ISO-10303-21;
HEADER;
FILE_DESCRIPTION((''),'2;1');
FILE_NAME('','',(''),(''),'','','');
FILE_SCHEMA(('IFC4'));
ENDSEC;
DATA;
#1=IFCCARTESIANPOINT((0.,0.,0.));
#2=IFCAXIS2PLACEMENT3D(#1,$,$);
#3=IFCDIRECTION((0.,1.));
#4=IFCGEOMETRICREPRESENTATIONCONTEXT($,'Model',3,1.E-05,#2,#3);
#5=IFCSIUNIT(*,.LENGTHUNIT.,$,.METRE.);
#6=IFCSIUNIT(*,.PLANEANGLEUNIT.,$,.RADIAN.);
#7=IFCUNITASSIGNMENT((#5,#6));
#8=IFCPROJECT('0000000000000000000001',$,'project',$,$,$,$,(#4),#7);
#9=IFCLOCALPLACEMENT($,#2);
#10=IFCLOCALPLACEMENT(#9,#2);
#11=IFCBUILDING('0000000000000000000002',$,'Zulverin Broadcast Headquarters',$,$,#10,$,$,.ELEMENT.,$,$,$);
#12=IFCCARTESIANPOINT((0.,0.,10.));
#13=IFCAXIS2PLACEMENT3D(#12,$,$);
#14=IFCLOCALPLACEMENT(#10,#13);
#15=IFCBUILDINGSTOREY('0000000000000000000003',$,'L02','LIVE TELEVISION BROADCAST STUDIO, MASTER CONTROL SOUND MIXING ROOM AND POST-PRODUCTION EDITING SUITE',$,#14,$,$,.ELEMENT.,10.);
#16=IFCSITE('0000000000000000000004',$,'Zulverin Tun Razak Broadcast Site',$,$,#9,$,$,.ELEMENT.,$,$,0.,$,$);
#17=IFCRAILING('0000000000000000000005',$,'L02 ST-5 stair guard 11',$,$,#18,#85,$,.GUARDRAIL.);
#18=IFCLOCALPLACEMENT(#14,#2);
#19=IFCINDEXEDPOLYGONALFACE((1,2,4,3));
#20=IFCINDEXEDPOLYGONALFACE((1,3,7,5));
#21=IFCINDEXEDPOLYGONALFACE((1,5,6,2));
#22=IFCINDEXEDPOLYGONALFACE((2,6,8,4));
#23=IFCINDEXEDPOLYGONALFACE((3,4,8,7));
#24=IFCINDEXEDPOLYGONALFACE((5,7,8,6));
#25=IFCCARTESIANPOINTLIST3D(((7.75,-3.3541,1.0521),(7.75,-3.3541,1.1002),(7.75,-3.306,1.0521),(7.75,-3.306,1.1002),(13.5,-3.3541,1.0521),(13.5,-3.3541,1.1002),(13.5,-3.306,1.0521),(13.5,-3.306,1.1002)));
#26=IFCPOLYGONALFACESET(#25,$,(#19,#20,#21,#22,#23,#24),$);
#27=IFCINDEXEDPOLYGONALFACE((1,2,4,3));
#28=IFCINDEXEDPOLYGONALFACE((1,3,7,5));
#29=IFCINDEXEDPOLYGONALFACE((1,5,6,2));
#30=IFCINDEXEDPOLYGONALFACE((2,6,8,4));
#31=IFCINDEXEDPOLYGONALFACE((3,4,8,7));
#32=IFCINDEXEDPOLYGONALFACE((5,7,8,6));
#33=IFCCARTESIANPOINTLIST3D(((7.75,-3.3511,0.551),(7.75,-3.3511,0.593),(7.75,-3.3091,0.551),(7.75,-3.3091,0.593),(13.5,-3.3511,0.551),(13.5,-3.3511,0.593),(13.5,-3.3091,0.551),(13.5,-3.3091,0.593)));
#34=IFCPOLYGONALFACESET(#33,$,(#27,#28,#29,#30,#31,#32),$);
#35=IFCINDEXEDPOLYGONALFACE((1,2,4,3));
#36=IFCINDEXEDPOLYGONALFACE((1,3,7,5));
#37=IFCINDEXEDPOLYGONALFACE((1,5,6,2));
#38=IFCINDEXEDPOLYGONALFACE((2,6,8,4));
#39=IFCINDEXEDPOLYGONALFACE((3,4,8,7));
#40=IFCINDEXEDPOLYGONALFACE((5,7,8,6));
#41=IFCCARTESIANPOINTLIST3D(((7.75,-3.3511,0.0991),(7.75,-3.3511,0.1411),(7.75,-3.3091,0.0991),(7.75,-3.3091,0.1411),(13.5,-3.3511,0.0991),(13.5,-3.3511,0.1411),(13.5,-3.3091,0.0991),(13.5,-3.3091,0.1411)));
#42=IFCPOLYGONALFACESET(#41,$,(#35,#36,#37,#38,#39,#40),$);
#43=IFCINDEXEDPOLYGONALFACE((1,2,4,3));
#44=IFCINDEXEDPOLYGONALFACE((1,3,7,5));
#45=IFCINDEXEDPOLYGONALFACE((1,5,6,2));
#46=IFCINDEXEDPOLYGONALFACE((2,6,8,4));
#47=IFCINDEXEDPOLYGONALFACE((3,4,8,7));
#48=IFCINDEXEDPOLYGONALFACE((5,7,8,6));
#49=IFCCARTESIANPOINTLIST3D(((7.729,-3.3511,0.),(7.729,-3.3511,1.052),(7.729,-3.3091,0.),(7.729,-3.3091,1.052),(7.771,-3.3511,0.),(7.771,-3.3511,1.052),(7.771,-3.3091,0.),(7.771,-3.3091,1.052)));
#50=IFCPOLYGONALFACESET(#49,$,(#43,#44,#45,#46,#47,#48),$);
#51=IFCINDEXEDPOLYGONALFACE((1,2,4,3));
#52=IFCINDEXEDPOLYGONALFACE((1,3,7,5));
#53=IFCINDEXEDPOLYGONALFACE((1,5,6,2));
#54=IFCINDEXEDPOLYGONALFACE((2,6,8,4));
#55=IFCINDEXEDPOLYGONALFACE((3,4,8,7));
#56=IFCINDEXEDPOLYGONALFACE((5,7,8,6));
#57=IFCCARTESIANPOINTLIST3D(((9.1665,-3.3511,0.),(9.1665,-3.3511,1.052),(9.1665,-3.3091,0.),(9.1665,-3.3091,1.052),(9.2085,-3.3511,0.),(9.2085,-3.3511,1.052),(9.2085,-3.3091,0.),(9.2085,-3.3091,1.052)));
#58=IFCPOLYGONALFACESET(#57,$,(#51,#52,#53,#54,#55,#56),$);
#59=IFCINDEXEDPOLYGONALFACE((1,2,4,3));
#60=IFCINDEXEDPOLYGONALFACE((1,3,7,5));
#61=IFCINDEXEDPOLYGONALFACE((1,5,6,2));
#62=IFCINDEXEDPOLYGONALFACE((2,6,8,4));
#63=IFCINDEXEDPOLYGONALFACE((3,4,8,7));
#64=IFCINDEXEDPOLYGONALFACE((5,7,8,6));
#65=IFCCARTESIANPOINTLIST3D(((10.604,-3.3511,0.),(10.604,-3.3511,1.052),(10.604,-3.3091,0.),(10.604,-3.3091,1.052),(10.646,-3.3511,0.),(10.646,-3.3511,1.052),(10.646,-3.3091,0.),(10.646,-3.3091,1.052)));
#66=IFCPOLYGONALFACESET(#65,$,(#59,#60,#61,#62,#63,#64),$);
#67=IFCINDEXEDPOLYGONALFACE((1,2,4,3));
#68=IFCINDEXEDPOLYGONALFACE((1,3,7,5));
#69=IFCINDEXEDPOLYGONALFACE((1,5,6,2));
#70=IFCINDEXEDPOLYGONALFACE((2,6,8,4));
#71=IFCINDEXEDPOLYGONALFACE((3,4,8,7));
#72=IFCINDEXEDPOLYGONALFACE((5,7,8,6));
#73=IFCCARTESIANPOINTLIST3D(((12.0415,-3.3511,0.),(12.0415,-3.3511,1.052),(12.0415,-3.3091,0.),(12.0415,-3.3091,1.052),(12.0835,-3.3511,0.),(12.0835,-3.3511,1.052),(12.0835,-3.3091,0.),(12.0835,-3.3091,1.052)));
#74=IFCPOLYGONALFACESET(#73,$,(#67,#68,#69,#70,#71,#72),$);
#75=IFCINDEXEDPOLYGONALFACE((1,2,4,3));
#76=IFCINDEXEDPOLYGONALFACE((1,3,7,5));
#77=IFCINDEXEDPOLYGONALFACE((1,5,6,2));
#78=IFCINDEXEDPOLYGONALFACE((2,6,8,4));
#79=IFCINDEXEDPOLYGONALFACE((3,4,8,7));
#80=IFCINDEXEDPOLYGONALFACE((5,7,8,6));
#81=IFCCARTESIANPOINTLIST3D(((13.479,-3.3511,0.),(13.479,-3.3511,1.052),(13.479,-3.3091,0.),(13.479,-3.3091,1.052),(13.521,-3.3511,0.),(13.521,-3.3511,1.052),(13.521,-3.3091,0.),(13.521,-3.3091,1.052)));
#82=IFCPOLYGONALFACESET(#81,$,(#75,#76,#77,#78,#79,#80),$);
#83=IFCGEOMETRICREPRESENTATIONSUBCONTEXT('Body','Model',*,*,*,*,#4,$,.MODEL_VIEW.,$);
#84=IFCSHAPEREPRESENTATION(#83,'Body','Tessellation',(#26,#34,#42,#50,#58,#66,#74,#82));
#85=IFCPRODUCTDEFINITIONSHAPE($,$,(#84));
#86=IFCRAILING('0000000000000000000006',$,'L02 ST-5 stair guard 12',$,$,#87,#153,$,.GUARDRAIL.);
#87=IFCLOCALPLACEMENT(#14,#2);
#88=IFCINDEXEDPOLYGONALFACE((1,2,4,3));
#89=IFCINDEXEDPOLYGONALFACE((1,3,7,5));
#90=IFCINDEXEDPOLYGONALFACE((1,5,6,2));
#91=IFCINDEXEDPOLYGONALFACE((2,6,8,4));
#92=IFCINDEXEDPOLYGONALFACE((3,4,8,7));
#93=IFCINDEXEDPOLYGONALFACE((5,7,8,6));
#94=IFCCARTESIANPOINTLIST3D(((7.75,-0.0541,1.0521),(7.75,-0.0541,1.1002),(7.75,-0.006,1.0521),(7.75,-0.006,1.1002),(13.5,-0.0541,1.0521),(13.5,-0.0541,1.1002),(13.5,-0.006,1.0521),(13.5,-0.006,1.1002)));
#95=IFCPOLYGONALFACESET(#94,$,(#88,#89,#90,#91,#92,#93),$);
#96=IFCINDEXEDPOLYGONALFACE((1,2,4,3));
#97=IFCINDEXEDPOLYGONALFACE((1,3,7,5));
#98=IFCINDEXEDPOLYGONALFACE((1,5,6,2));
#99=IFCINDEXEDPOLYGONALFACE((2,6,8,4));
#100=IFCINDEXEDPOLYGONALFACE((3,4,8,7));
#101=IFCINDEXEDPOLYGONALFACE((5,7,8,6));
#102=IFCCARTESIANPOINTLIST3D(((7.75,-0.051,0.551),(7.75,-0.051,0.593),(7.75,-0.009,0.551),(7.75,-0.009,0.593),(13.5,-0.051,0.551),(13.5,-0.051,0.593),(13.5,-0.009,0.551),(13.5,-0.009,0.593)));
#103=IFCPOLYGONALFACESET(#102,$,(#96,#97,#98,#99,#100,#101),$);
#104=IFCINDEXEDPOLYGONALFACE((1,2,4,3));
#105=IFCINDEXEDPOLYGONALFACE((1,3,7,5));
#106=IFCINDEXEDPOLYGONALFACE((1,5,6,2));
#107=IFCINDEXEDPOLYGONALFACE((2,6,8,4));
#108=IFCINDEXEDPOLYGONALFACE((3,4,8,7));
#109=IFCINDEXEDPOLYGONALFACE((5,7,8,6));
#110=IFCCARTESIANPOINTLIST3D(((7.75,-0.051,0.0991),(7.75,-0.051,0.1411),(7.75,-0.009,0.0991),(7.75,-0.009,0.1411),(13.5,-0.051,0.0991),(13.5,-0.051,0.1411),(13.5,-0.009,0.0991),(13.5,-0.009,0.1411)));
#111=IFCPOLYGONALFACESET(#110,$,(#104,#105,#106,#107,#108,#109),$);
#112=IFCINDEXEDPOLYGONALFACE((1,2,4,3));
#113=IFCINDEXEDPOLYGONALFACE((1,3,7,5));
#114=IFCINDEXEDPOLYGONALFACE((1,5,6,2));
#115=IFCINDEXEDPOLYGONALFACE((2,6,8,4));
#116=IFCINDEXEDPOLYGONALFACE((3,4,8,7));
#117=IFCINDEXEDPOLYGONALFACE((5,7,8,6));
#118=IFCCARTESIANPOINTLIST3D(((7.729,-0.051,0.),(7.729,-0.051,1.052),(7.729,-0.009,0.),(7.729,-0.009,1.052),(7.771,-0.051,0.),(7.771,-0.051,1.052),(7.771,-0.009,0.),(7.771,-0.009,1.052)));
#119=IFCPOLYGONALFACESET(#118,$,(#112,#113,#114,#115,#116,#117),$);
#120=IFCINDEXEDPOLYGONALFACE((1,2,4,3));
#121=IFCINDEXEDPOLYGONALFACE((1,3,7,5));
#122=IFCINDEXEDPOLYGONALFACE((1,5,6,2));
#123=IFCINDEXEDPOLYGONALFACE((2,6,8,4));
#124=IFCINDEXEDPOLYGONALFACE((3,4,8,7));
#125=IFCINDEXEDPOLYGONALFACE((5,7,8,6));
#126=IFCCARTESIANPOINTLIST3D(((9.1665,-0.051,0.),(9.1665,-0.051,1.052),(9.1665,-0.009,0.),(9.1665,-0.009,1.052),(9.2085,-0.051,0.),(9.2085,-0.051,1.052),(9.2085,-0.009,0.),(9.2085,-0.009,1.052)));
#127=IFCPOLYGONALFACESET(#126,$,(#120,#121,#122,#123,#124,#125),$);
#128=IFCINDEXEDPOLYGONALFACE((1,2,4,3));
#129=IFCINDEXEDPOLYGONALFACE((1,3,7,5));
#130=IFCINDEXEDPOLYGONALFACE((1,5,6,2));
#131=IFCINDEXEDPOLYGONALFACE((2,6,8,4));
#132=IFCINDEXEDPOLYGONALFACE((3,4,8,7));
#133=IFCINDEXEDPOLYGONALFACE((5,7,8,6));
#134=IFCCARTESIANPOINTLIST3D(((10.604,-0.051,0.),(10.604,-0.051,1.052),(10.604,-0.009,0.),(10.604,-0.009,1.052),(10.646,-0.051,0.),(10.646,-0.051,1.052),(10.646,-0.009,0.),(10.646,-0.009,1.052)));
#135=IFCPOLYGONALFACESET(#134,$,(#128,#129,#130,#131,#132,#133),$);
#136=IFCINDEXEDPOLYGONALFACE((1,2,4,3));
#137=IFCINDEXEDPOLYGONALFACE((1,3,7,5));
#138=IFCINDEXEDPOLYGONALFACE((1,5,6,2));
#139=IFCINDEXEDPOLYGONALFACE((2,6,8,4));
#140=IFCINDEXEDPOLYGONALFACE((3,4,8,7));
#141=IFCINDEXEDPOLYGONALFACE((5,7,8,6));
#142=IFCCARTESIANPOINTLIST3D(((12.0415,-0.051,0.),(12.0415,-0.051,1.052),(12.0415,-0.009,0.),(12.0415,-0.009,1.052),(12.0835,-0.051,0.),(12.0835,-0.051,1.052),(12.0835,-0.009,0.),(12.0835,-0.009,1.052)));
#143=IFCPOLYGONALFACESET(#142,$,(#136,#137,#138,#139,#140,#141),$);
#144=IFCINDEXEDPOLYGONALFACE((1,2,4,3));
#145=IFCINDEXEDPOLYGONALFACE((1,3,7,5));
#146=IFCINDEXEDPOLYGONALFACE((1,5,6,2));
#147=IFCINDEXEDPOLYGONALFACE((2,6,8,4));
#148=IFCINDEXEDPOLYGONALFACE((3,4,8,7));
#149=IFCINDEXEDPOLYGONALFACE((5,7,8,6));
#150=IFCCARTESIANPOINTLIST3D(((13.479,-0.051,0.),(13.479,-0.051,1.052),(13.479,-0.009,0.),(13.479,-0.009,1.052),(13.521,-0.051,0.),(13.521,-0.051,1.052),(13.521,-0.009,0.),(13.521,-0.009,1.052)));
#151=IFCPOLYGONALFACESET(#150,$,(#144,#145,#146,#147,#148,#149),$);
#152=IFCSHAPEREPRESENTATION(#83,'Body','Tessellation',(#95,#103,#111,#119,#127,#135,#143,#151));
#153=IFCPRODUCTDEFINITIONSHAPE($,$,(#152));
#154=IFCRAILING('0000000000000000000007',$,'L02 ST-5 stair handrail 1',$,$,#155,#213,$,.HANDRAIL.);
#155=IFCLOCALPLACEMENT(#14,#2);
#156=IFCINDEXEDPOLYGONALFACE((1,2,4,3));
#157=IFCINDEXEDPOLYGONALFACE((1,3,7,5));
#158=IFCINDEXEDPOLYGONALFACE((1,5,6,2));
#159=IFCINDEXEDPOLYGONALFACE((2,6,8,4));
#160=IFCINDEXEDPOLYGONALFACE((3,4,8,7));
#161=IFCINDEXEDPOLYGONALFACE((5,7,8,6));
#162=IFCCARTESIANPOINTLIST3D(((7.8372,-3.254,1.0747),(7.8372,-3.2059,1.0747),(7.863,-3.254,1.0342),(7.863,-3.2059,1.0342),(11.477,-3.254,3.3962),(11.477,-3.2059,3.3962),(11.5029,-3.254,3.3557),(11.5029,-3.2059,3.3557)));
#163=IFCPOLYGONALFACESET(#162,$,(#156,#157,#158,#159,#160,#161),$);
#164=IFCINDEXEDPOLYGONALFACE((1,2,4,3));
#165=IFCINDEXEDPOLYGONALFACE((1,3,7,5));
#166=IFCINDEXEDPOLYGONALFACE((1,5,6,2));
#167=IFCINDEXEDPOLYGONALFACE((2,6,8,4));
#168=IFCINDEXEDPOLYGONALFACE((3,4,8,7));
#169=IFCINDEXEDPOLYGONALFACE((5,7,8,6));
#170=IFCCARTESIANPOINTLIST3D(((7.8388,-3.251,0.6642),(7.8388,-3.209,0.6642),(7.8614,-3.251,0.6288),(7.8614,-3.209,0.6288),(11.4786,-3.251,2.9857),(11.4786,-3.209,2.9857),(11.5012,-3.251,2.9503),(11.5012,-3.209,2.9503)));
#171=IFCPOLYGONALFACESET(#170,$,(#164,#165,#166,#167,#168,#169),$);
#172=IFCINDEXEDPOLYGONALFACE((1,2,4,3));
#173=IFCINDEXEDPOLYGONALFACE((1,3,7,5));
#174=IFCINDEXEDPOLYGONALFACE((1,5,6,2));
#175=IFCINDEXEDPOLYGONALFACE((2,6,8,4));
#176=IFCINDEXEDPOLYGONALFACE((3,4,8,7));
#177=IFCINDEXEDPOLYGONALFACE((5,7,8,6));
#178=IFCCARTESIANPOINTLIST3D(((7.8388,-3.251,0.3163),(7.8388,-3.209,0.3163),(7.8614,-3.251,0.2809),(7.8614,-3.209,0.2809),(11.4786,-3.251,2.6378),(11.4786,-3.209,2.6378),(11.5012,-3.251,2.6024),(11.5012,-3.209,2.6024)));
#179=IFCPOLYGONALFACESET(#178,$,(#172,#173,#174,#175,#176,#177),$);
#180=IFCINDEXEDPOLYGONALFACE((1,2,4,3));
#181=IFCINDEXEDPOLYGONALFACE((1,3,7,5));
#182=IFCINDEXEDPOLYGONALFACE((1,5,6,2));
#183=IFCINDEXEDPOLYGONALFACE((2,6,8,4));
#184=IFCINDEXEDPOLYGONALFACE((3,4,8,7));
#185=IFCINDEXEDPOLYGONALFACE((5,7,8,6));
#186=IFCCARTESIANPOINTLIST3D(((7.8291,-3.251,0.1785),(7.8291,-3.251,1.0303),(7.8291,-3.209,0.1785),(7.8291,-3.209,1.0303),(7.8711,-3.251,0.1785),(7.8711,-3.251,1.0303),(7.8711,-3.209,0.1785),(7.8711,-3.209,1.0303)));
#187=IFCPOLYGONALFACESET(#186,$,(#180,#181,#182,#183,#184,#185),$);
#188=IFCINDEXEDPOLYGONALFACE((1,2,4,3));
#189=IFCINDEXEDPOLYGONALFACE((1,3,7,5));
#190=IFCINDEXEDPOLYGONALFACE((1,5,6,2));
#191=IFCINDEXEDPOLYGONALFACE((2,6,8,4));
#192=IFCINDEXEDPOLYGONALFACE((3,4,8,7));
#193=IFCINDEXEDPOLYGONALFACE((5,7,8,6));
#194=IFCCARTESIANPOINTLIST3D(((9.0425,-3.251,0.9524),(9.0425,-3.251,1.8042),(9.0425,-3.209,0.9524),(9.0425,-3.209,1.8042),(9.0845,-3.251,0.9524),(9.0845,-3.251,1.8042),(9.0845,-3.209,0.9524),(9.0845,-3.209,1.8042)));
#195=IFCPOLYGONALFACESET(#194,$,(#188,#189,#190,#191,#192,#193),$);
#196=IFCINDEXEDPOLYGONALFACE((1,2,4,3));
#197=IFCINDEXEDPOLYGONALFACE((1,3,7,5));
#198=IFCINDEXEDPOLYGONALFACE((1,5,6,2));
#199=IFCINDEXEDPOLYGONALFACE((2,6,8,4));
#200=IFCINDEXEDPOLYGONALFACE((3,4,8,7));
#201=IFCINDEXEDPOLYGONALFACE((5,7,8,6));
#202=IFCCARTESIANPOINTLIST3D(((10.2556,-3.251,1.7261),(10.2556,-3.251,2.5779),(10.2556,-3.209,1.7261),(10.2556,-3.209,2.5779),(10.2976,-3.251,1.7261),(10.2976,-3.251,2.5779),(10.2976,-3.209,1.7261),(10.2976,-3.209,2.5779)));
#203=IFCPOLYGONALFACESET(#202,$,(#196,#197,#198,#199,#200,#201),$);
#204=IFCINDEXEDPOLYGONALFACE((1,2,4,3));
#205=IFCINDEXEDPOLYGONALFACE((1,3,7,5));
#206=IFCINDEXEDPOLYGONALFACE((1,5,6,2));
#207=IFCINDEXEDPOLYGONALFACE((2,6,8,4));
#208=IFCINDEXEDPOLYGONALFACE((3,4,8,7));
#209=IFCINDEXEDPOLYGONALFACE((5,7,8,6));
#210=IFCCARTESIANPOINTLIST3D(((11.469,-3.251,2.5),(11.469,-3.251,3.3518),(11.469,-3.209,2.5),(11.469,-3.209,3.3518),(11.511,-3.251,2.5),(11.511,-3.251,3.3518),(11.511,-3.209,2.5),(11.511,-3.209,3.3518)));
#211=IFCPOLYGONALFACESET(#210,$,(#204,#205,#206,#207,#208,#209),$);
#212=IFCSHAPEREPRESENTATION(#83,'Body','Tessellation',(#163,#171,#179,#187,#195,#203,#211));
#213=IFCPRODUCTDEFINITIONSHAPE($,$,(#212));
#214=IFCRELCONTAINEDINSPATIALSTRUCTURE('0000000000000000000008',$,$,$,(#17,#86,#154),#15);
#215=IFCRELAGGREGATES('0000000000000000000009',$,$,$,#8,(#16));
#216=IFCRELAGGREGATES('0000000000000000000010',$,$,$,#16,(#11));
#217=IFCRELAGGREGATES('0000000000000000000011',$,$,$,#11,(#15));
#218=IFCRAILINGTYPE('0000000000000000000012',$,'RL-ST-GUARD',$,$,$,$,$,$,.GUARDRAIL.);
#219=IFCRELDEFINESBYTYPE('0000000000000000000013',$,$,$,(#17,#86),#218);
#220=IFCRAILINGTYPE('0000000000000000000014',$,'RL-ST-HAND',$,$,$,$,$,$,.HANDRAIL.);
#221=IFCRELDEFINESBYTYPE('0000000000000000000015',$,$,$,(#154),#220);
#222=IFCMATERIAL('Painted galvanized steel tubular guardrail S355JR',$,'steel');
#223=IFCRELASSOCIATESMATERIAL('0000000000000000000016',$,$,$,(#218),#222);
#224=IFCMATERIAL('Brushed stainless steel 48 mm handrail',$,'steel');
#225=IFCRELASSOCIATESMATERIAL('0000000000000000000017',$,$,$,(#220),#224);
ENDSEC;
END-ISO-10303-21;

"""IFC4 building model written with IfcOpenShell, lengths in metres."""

from ifc_helpers import new_model, si_unit, direction, frame, origin, origin_2d, place, context, subcontext, project, spatial, rectangle, extrude, material, type_object, element, save


model = new_model("IFC4")

# Units and contexts
model_context = context("Model", 3, precision=1e-05, world=origin(), true_north=direction((0.0, 1.0)))
body_context = subcontext(model_context, "Body", "Model", "MODEL_VIEW")
ifc_project = project(units=[si_unit("LENGTHUNIT", "METRE"), si_unit("PLANEANGLEUNIT", "RADIAN")], contexts=[model_context])

# Site, building, storey
site_placement = place(None, origin())
site = spatial("IfcSite", under=ifc_project, at=site_placement, Name="Zulverin Tun Razak Broadcast Site", CompositionType="ELEMENT", RefElevation=0.0)
building_placement = place(site_placement, origin())
building = spatial("IfcBuilding", under=site, at=building_placement, Name="Zulverin Broadcast Headquarters", CompositionType="ELEMENT")
storey_placement = place(building_placement, frame((0.0, 0.0, 10.0)))
storey = spatial("IfcBuildingStorey", under=building, at=storey_placement, Name="L02", Description="LIVE TELEVISION BROADCAST STUDIO, MASTER CONTROL SOUND MIXING ROOM AND POST-PRODUCTION EDITING SUITE", CompositionType="ELEMENT", Elevation=10.0)

# Railings
ifc_material_1 = material(Name="Painted galvanized steel tubular guardrail S355JR", Category="steel")
railing_type_1 = type_object("IfcRailingType", Name="RL-ST-GUARD", PredefinedType="GUARDRAIL", material=ifc_material_1)
for number, where, name in (
    (1, (7.75, -3.3301, 0.0), "L02 ST-5 stair guard 11"),
    (2, (7.75, -0.03, 0.0), "L02 ST-5 stair guard 12"),
):
    element("IfcRailing", number, at=place(storey_placement, frame(where)), inside=storey, type_object=railing_type_1, Name=name, PredefinedType="GUARDRAIL", context=body_context, shape_type="SweptSolid", body=[
        extrude(rectangle(XDim=0.0481, YDim=0.0481, at=origin_2d()), frame((0.0, 0.0, 1.0762), z_axis=(1.0, 0.0, 0.0), x_axis=(0.0, 1.0, 0.0)), (0.0, 0.0, 1.0), 5.75),
        extrude(rectangle(XDim=0.042, YDim=0.042, at=origin_2d()), frame((0.0, 0.0, 0.572), z_axis=(1.0, 0.0, 0.0), x_axis=(0.0, 1.0, 0.0)), (0.0, 0.0, 1.0), 5.75),
        extrude(rectangle(XDim=0.042, YDim=0.042, at=origin_2d()), frame((0.0, 0.0, 0.1201), z_axis=(1.0, 0.0, 0.0), x_axis=(0.0, 1.0, 0.0)), (0.0, 0.0, 1.0), 5.75),
        extrude(rectangle(XDim=0.042, YDim=0.042, at=origin_2d()), origin(), (0.0, 0.0, 1.0), 1.052),
        extrude(rectangle(XDim=0.042, YDim=0.042, at=origin_2d()), frame((1.4375, 0.0, 0.0)), (0.0, 0.0, 1.0), 1.052),
        extrude(rectangle(XDim=0.042, YDim=0.042, at=origin_2d()), frame((2.875, 0.0, 0.0)), (0.0, 0.0, 1.0), 1.052),
        extrude(rectangle(XDim=0.042, YDim=0.042, at=origin_2d()), frame((4.3125, 0.0, 0.0)), (0.0, 0.0, 1.0), 1.052),
        extrude(rectangle(XDim=0.042, YDim=0.042, at=origin_2d()), frame((5.75, 0.0, 0.0)), (0.0, 0.0, 1.0), 1.052),
    ])
ifc_material_2 = material(Name="Brushed stainless steel 48 mm handrail", Category="steel")
railing_type_2 = type_object("IfcRailingType", Name="RL-ST-HAND", PredefinedType="HANDRAIL", material=ifc_material_2)
railing_1_placement = place(storey_placement, frame((7.8501, -3.23, 0.1785)))
element("IfcRailing", 3, at=railing_1_placement, inside=storey, type_object=railing_type_2, Name="L02 ST-5 stair handrail 1", PredefinedType="HANDRAIL", context=body_context, shape_type="SweptSolid", body=[
    extrude(rectangle(XDim=0.0481, YDim=0.0481, at=origin_2d()), frame((0.0, 0.0, 0.876), z_axis=(0.843112, 0.0, 0.537739), x_axis=(0.0, 1.0, 0.0)), (0.0, 0.0, 1.0), 4.3171),
    extrude(rectangle(XDim=0.042, YDim=0.042, at=origin_2d()), frame((0.0, 0.0, 0.468), z_axis=(0.843112, 0.0, 0.537739), x_axis=(0.0, 1.0, 0.0)), (0.0, 0.0, 1.0), 4.3171),
    extrude(rectangle(XDim=0.042, YDim=0.042, at=origin_2d()), frame((0.0, 0.0, 0.1201), z_axis=(0.843112, 0.0, 0.537739), x_axis=(0.0, 1.0, 0.0)), (0.0, 0.0, 1.0), 4.3171),
    extrude(rectangle(XDim=0.042, YDim=0.042, at=origin_2d()), origin(), (0.0, 0.0, 1.0), 0.8518),
    extrude(rectangle(XDim=0.042, YDim=0.042, at=origin_2d()), frame((1.2134, 0.0, 0.7739)), (0.0, 0.0, 1.0), 0.8518),
    extrude(rectangle(XDim=0.042, YDim=0.042, at=origin_2d()), frame((2.4265, 0.0, 1.5476)), (0.0, 0.0, 1.0), 0.8518),
    extrude(rectangle(XDim=0.042, YDim=0.042, at=origin_2d()), frame((3.6399, 0.0, 2.3215)), (0.0, 0.0, 1.0), 0.8518),
])

save(model, "model.ifc")
